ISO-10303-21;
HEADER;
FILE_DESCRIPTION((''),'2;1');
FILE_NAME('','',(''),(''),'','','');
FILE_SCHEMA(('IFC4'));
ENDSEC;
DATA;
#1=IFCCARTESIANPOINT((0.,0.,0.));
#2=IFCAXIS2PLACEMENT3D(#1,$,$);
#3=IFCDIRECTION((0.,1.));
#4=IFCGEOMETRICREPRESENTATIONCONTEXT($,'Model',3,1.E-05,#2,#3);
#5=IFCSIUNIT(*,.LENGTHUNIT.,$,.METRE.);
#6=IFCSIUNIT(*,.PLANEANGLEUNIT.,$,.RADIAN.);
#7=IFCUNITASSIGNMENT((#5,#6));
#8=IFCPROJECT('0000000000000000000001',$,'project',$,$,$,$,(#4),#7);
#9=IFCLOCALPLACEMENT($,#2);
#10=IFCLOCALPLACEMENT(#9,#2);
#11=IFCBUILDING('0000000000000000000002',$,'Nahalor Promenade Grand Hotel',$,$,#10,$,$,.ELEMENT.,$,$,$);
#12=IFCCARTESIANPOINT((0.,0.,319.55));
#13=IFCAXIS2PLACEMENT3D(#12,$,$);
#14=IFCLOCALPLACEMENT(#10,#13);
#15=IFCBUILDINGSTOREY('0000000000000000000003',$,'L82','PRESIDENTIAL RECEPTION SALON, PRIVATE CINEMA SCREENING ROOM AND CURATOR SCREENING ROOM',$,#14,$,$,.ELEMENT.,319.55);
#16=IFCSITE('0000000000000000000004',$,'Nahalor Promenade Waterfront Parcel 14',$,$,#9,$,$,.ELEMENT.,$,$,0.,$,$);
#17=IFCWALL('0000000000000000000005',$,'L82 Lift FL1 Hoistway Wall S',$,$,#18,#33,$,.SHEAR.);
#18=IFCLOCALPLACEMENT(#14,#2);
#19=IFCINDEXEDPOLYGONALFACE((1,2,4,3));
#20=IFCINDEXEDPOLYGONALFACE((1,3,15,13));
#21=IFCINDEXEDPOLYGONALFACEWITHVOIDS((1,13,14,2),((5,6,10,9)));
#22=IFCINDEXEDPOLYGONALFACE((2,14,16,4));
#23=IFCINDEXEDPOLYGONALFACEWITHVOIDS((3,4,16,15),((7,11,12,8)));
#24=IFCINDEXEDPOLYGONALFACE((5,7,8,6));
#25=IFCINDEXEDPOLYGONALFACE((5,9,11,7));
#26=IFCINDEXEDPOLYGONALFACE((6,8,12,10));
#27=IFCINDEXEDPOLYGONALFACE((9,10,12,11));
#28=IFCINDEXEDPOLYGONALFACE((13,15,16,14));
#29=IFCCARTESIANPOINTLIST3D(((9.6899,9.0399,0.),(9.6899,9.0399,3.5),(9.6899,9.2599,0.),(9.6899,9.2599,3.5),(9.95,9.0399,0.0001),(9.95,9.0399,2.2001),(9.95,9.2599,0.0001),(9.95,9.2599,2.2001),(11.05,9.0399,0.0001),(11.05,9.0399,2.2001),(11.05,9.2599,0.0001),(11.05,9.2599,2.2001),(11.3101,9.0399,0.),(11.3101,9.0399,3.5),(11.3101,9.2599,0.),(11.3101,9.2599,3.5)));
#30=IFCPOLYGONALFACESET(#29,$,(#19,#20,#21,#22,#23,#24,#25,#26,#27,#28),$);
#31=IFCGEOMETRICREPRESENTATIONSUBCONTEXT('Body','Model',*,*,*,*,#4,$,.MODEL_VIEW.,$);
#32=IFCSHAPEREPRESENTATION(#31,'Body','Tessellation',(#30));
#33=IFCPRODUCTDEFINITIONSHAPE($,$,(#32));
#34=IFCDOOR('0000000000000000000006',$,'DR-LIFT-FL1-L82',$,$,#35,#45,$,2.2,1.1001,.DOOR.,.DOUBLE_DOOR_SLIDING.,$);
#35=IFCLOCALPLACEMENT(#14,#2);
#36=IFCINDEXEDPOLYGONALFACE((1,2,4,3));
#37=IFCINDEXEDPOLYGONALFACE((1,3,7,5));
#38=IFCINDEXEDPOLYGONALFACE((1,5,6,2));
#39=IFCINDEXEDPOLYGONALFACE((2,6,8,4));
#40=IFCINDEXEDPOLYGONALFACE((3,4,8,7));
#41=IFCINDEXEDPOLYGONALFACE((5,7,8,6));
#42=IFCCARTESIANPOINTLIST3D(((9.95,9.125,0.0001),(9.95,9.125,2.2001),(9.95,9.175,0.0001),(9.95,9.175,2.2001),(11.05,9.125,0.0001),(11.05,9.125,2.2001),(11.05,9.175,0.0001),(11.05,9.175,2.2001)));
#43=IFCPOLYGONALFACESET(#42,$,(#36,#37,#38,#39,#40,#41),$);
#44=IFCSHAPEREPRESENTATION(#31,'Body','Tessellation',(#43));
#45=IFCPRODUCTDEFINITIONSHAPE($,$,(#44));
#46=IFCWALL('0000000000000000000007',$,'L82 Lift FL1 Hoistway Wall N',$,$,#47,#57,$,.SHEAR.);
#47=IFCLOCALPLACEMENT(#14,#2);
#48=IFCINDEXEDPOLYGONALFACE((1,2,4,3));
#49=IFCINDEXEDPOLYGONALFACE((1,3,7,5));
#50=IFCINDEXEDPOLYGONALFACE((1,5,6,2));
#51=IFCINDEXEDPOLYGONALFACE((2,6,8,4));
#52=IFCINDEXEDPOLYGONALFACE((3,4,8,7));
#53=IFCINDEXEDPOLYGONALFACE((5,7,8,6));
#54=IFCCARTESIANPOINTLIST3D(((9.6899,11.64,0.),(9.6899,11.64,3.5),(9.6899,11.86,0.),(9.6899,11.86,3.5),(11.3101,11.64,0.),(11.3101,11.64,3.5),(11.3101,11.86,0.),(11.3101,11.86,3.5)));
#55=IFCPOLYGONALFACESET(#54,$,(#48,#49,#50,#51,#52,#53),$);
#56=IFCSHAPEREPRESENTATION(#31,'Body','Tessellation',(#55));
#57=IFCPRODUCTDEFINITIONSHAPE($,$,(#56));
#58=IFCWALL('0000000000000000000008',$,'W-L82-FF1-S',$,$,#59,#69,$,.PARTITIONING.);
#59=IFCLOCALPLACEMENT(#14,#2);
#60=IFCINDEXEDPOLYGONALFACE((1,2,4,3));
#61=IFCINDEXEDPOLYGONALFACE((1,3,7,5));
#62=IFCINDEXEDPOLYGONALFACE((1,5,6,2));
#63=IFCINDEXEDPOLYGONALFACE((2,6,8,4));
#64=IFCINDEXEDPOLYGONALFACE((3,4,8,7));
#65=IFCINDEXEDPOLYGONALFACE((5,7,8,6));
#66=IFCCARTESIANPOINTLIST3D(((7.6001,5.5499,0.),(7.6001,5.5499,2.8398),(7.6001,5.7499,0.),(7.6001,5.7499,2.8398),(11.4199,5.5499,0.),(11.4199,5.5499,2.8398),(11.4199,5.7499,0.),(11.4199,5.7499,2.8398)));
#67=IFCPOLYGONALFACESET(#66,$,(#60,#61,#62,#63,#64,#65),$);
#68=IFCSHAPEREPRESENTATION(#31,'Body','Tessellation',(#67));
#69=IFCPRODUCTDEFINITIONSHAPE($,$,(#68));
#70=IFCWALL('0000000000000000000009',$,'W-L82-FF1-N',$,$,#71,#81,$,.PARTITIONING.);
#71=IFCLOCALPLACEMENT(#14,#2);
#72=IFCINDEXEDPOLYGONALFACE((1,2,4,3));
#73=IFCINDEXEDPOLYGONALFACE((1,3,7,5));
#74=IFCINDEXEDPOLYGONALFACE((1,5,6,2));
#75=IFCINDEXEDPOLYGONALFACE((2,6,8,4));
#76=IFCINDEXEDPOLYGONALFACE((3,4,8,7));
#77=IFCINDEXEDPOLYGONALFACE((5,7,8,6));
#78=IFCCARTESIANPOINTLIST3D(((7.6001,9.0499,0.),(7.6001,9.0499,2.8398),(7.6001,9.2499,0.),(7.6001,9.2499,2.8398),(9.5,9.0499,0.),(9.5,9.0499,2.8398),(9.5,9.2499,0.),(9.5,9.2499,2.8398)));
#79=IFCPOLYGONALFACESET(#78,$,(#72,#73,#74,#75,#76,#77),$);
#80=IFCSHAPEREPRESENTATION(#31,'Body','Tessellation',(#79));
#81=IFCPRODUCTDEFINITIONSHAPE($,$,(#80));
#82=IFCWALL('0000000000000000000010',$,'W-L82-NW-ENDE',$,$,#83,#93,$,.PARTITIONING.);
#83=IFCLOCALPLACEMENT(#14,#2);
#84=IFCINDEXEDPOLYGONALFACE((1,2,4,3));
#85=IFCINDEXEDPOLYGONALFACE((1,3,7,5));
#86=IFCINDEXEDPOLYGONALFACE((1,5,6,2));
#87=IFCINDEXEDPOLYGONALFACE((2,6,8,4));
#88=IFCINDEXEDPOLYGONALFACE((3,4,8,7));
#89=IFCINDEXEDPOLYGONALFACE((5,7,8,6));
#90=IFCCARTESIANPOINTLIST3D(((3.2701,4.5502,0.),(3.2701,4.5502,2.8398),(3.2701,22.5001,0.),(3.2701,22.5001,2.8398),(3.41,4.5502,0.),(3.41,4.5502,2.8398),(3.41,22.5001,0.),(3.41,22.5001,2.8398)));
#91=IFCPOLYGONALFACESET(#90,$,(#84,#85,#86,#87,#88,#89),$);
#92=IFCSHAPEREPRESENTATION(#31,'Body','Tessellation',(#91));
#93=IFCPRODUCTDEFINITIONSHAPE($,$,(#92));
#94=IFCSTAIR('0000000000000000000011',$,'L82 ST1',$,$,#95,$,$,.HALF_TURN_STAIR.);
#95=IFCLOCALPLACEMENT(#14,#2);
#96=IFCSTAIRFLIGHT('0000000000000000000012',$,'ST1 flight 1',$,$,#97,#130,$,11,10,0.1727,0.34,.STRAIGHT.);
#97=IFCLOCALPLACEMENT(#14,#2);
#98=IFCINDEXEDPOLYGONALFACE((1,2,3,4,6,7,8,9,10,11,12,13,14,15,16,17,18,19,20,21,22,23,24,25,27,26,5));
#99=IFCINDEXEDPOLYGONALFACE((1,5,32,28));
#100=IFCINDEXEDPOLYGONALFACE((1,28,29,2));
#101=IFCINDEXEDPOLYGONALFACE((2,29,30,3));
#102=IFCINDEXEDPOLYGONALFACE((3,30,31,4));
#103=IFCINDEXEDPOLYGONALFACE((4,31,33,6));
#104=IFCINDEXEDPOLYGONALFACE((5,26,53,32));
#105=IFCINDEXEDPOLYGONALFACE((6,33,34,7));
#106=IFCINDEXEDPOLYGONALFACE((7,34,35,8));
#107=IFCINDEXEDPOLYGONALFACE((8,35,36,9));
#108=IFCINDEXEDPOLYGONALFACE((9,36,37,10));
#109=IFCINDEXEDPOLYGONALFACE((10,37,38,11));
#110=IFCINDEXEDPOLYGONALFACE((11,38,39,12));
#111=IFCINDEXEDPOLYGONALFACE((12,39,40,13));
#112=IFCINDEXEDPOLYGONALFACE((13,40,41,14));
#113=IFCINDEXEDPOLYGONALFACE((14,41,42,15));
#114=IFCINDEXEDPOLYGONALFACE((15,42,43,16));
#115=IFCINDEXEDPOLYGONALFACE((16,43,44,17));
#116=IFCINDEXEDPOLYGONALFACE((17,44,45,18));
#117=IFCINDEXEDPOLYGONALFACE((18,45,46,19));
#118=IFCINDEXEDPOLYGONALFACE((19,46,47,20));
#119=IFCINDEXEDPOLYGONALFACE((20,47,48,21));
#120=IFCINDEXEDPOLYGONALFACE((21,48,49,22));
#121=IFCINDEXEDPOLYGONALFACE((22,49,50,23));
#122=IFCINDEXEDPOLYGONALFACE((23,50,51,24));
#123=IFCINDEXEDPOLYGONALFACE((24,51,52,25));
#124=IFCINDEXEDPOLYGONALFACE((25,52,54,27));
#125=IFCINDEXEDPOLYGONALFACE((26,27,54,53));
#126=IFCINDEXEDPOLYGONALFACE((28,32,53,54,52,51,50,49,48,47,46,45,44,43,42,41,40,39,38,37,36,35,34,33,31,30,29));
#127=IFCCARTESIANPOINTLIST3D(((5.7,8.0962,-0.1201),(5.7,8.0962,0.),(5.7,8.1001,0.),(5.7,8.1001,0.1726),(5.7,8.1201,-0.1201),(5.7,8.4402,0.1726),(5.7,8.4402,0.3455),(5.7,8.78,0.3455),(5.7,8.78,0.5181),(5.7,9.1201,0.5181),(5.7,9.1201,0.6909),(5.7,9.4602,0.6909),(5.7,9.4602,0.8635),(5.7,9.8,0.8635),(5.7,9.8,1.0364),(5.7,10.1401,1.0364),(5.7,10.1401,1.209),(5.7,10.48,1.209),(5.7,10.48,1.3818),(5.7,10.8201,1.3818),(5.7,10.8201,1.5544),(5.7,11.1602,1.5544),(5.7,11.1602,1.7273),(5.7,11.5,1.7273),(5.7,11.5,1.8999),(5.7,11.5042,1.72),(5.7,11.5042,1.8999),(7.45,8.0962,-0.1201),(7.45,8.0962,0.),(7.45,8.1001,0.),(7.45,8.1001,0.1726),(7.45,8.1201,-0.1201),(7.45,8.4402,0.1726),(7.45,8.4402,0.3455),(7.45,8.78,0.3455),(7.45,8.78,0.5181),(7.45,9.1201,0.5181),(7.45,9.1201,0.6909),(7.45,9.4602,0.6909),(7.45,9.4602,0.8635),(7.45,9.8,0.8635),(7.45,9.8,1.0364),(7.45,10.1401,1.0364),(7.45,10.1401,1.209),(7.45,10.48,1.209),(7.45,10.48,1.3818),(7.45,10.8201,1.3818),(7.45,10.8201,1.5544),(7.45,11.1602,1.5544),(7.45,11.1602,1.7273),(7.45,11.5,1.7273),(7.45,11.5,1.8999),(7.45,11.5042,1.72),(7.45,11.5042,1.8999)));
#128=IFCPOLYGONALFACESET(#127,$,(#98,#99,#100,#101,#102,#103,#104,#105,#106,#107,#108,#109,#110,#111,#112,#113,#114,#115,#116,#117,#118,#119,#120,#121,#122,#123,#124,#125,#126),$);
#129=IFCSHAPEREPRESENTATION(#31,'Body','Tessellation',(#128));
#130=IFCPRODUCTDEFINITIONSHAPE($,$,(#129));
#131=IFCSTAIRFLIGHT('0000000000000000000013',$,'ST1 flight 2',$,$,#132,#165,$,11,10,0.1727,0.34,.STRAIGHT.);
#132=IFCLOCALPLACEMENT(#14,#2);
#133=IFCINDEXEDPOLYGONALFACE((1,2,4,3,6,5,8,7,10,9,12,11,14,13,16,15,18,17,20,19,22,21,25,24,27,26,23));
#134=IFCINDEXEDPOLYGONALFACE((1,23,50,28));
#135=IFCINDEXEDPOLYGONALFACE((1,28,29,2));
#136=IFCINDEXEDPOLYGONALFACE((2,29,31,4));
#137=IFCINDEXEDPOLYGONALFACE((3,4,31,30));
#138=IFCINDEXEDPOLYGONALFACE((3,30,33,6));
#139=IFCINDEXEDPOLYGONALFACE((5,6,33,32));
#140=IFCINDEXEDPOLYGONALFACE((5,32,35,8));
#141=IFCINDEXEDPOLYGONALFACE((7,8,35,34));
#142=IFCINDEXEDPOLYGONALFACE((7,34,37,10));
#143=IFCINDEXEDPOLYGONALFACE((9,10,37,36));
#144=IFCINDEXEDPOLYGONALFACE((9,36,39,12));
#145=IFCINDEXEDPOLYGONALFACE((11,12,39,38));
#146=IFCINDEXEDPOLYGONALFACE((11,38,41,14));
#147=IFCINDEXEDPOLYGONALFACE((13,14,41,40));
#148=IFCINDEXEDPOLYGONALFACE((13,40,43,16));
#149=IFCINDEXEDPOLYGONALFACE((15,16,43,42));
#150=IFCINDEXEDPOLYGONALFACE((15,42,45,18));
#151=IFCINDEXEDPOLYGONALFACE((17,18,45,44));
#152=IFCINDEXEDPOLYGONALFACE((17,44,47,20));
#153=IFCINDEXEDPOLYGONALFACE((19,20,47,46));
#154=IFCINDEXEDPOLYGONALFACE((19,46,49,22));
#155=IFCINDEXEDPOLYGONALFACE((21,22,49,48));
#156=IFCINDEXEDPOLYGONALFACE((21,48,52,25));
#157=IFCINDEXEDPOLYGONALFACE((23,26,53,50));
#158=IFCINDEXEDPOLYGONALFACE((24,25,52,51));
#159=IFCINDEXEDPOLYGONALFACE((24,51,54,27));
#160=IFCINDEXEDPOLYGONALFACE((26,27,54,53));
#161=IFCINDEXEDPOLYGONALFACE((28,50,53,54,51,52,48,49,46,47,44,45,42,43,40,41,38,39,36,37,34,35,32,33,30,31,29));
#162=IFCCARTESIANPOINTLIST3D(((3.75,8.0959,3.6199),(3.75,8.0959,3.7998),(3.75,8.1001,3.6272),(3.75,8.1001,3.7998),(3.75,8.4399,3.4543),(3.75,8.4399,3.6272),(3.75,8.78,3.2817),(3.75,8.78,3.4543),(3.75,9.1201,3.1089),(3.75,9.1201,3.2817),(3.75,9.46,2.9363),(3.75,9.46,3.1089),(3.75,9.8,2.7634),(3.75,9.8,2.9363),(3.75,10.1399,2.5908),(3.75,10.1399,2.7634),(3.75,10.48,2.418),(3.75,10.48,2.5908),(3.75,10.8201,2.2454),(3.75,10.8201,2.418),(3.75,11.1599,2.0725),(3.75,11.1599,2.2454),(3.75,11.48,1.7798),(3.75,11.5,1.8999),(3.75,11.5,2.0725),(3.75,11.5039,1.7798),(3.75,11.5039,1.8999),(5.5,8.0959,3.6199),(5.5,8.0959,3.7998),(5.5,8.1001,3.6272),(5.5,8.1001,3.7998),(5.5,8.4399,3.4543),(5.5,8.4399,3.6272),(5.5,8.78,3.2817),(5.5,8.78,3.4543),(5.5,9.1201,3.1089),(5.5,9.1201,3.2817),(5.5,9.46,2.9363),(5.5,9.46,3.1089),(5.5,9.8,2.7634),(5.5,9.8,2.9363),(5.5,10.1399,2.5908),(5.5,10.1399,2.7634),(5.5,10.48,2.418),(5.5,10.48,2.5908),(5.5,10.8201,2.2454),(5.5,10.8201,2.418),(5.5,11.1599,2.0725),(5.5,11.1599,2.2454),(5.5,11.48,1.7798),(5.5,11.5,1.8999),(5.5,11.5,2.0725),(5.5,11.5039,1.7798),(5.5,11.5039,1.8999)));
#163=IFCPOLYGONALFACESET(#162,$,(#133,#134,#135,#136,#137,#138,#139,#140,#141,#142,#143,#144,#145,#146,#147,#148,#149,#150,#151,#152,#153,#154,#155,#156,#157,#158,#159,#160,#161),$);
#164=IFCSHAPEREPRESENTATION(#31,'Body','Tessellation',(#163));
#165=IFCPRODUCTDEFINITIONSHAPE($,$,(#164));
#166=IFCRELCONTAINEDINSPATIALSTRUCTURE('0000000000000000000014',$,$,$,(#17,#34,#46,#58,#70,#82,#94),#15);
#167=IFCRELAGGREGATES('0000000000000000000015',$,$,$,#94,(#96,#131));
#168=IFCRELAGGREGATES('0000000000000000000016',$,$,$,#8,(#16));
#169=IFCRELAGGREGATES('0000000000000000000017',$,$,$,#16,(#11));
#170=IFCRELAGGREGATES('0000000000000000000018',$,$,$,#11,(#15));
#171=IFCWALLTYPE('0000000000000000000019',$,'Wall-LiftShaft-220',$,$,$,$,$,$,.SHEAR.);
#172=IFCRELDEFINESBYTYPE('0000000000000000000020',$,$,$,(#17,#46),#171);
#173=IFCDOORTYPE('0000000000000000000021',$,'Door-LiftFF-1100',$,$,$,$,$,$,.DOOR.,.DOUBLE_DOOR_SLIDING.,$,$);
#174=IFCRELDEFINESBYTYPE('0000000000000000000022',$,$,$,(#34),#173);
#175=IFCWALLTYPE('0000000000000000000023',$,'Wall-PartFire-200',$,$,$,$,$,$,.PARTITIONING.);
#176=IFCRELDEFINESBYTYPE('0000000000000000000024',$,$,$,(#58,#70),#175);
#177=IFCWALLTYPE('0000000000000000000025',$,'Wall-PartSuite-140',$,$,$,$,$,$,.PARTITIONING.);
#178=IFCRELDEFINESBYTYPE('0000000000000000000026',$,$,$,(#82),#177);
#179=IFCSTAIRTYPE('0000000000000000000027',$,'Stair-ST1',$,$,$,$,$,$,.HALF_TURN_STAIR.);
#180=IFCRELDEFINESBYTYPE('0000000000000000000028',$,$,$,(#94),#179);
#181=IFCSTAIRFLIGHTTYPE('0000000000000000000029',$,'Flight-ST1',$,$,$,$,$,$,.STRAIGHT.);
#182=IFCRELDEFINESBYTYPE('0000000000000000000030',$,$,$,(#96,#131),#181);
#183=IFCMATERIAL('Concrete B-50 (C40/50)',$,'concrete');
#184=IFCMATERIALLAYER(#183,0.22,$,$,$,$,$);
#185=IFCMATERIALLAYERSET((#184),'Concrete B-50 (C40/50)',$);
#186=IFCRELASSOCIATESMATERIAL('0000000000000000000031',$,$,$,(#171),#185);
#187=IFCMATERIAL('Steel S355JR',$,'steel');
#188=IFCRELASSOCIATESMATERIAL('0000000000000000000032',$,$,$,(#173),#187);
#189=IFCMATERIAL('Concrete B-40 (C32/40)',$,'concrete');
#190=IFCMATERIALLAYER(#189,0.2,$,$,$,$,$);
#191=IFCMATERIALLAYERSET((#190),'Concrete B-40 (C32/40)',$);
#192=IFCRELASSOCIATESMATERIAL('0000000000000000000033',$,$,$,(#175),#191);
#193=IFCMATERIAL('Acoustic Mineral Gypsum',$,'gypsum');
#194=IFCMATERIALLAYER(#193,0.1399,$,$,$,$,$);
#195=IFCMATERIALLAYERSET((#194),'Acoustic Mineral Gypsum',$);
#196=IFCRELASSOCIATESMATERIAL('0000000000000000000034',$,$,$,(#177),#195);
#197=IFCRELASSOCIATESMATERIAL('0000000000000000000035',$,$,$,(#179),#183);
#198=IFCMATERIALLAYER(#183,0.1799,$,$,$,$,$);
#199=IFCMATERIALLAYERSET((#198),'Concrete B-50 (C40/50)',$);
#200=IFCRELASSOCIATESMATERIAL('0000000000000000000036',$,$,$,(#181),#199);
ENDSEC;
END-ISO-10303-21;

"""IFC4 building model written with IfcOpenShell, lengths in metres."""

from ifc_helpers import new_model, si_unit, direction, frame, frame_2d, origin, place, context, subcontext, project, spatial, polyline, rectangle, outline, extrude, source, transform, mapped, material, layer, layer_set, type_object, element, fill, aggregate, save


model = new_model("IFC4")

# Units and contexts
model_context = context("Model", 3, precision=1e-05, world=origin(), true_north=direction((0.0, 1.0)))
body_context = subcontext(model_context, "Body", "Model", "MODEL_VIEW")
ifc_project = project(units=[si_unit("LENGTHUNIT", "METRE"), si_unit("PLANEANGLEUNIT", "RADIAN")], contexts=[model_context])

# Site, building, storey
site_placement = place(None, origin())
site = spatial("IfcSite", under=ifc_project, at=site_placement, Name="Nahalor Promenade Waterfront Parcel 14", CompositionType="ELEMENT", RefElevation=0.0)
building_placement = place(site_placement, origin())
building = spatial("IfcBuilding", under=site, at=building_placement, Name="Nahalor Promenade Grand Hotel", CompositionType="ELEMENT")
storey_placement = place(building_placement, frame((0.0, 0.0, 319.55)))
storey = spatial("IfcBuildingStorey", under=building, at=storey_placement, Name="L82", Description="PRESIDENTIAL RECEPTION SALON, PRIVATE CINEMA SCREENING ROOM AND CURATOR SCREENING ROOM", CompositionType="ELEMENT", Elevation=319.55)

# Shared definitions
ifc_material_1 = material(Name="Steel S355JR", Category="steel")

# Shared definitions
ifc_material_2 = material(Name="Concrete B-50 (C40/50)", Category="concrete")

# Shared definitions
ifc_layer_1 = layer(ifc_material_2, 0.22)
ifc_layer_set_1 = layer_set([ifc_layer_1], Name="Concrete B-50 (C40/50)")
wall_type_1 = type_object("IfcWallType", Name="Wall-LiftShaft-220", PredefinedType="SHEAR", material=ifc_layer_set_1)

# Wall, opening, door
shared_shape_1 = source(origin(), body_context, "Body", "SweptSolid", [
    extrude(rectangle(XDim=1.6201, YDim=0.22, at=frame_2d((0.8101, 0.0))), origin(), (0.0, 0.0, 1.0), 3.5),
])
wall_1_placement = place(storey_placement, frame((9.6899, 9.1499, 0.0), z_axis=(0.0, 0.0, 1.0), x_axis=(1.0, 0.0, 0.0)))
wall_1 = element("IfcWall", 1, at=wall_1_placement, inside=storey, type_object=wall_type_1, Name="L82 Lift FL1 Hoistway Wall S", PredefinedType="SHEAR", context=body_context, shape_type="MappedRepresentation", body=[
    mapped(shared_shape_1, transform((0.0, 0.0, 0.0), scale=1.0)),
])
opening_1_placement = place(wall_1_placement, frame((0.26, 0.0, 0.0)))
opening_1 = element("IfcOpeningElement", 2, at=opening_1_placement, cuts=wall_1, PredefinedType="OPENING", context=body_context, shape_type="SweptSolid", body=[
    extrude(rectangle(XDim=1.1001, YDim=2.2, at=frame_2d((0.55, 1.1001))), frame((0.0, 0.1199, 0.0), z_axis=(0.0, -1.0, 0.0), x_axis=(1.0, 0.0, 0.0)), (0.0, 0.0, 1.0), 0.24),
])
door_type_1 = type_object("IfcDoorType", Name="Door-LiftFF-1100", OperationType="DOUBLE_DOOR_SLIDING", PredefinedType="DOOR", material=ifc_material_1)
shared_shape_2 = source(origin(), body_context, "Body", "SweptSolid", [
    extrude(rectangle(XDim=1.1001, YDim=2.2, at=frame_2d((0.55, 1.1001))), frame((0.0, 0.0249, 0.0), z_axis=(0.0, -1.0, 0.0), x_axis=(1.0, 0.0, 0.0)), (0.0, 0.0, 1.0), 0.05),
])
door_1_placement = place(opening_1_placement, frame((1.1001, 0.0, 0.0), z_axis=(0.0, 0.0, 1.0), x_axis=(-1.0, 0.0, 0.0)))
door_1 = element("IfcDoor", 3, at=door_1_placement, inside=storey, type_object=door_type_1, Name="DR-LIFT-FL1-L82", OperationType="DOUBLE_DOOR_SLIDING", OverallHeight=2.2, OverallWidth=1.1001, PredefinedType="DOOR", context=body_context, shape_type="MappedRepresentation", body=[
    mapped(shared_shape_2, transform((0.0, 0.0, 0.0), scale=1.0)),
])
fill(opening_1, door_1)

# Walls
wall_2_placement = place(storey_placement, frame((9.6899, 11.75, 0.0), z_axis=(0.0, 0.0, 1.0), x_axis=(1.0, 0.0, 0.0)))
element("IfcWall", 4, at=wall_2_placement, inside=storey, type_object=wall_type_1, Name="L82 Lift FL1 Hoistway Wall N", PredefinedType="SHEAR", context=body_context, shape_type="MappedRepresentation", body=[
    mapped(shared_shape_1, transform((0.0, 0.0, 0.0), scale=1.0)),
])
ifc_material_3 = material(Name="Concrete B-40 (C32/40)", Category="concrete")
ifc_layer_2 = layer(ifc_material_3, 0.2)
ifc_layer_set_2 = layer_set([ifc_layer_2], Name="Concrete B-40 (C32/40)")
wall_type_2 = type_object("IfcWallType", Name="Wall-PartFire-200", PredefinedType="PARTITIONING", material=ifc_layer_set_2)
shared_shape_3 = source(origin(), body_context, "Body", "SweptSolid", [
    extrude(rectangle(XDim=3.8198, YDim=0.2, at=frame_2d((1.9099, 0.0))), origin(), (0.0, 0.0, 1.0), 2.8398),
])
wall_3_placement = place(storey_placement, frame((7.6001, 5.6499, 0.0), z_axis=(0.0, 0.0, 1.0), x_axis=(1.0, 0.0, 0.0)))
element("IfcWall", 5, at=wall_3_placement, inside=storey, type_object=wall_type_2, Name="W-L82-FF1-S", PredefinedType="PARTITIONING", context=body_context, shape_type="MappedRepresentation", body=[
    mapped(shared_shape_3, transform((0.0, 0.0, 0.0), scale=1.0)),
])
shared_shape_4 = source(origin(), body_context, "Body", "SweptSolid", [
    extrude(rectangle(XDim=1.8999, YDim=0.2, at=frame_2d((0.95, 0.0))), origin(), (0.0, 0.0, 1.0), 2.8398),
])
wall_4_placement = place(storey_placement, frame((7.6001, 9.1499, 0.0), z_axis=(0.0, 0.0, 1.0), x_axis=(1.0, 0.0, 0.0)))
element("IfcWall", 6, at=wall_4_placement, inside=storey, type_object=wall_type_2, Name="W-L82-FF1-N", PredefinedType="PARTITIONING", context=body_context, shape_type="MappedRepresentation", body=[
    mapped(shared_shape_4, transform((0.0, 0.0, 0.0), scale=1.0)),
])

# Wall
ifc_material_4 = material(Name="Acoustic Mineral Gypsum", Category="gypsum")
ifc_layer_3 = layer(ifc_material_4, 0.1399)
ifc_layer_set_3 = layer_set([ifc_layer_3], Name="Acoustic Mineral Gypsum")
wall_type_3 = type_object("IfcWallType", Name="Wall-PartSuite-140", PredefinedType="PARTITIONING", material=ifc_layer_set_3)
shared_shape_5 = source(origin(), body_context, "Body", "SweptSolid", [
    extrude(rectangle(XDim=17.95, YDim=0.1399, at=frame_2d((8.9751, 0.0))), origin(), (0.0, 0.0, 1.0), 2.8398),
])
wall_5_placement = place(storey_placement, frame((3.3401, 4.55, 0.0), z_axis=(0.0, 0.0, 1.0), x_axis=(0.0, 1.0, 0.0)))
element("IfcWall", 7, at=wall_5_placement, inside=storey, type_object=wall_type_3, Name="W-L82-NW-ENDE", PredefinedType="PARTITIONING", context=body_context, shape_type="MappedRepresentation", body=[
    mapped(shared_shape_5, transform((0.0, 0.0, 0.0), scale=1.0)),
])

# Stair, stair flights
stair_type = type_object("IfcStairType", Name="Stair-ST1", PredefinedType="HALF_TURN_STAIR", material=ifc_material_2)
stair_placement = place(storey_placement, origin())
stair = element("IfcStair", 8, at=stair_placement, inside=storey, type_object=stair_type, Name="L82 ST1", PredefinedType="HALF_TURN_STAIR")
ifc_layer_4 = layer(ifc_material_2, 0.1799)
ifc_layer_set_4 = layer_set([ifc_layer_4], Name="Concrete B-50 (C40/50)")
stair_flight_type = type_object("IfcStairFlightType", Name="Flight-ST1", PredefinedType="STRAIGHT", material=ifc_layer_set_4)
shared_shape_6 = source(origin(), body_context, "Body", "SweptSolid", [
    extrude(outline(polyline([(-0.0039, -0.1201), (-0.0039, 0.0), (0.0, 0.0), (0.0, 0.1726), (0.3401, 0.1726), (0.3401, 0.3455), (0.6799, 0.3455), (0.6799, 0.5181), (1.02, 0.5181), (1.02, 0.6909), (1.3601, 0.6909), (1.3601, 0.8635), (1.7, 0.8635), (1.7, 1.0364), (2.04, 1.0364), (2.04, 1.209), (2.3799, 1.209), (2.3799, 1.3818), (2.72, 1.3818), (2.72, 1.5544), (3.0601, 1.5544), (3.0601, 1.7273), (3.3999, 1.7273), (3.3999, 1.8999), (3.4041, 1.8999), (3.4041, 1.72), (0.02, -0.1201), (-0.0039, -0.1201)])), frame((0.0, 0.875, 0.0), z_axis=(0.0, -1.0, 0.0), x_axis=(1.0, 0.0, 0.0)), (0.0, 0.0, 1.0), 1.75),
])
stair_flight_1_placement = place(storey_placement, frame((6.575, 8.1001, 0.0), z_axis=(0.0, 0.0, 1.0), x_axis=(0.0, 1.0, 0.0)))
stair_flight_1 = element("IfcStairFlight", 9, at=stair_flight_1_placement, type_object=stair_flight_type, Name="ST1 flight 1", NumberOfRisers=11, NumberOfTreads=10, PredefinedType="STRAIGHT", RiserHeight=0.1727, TreadLength=0.34, context=body_context, shape_type="MappedRepresentation", body=[
    mapped(shared_shape_6, transform((0.0, 0.0, 0.0), scale=1.0)),
])
stair_flight_2_placement = place(storey_placement, frame((4.625, 11.5, 1.8999), z_axis=(0.0, 0.0, 1.0), x_axis=(0.0, -1.0, 0.0)))
stair_flight_2 = element("IfcStairFlight", 10, at=stair_flight_2_placement, type_object=stair_flight_type, Name="ST1 flight 2", NumberOfRisers=11, NumberOfTreads=10, PredefinedType="STRAIGHT", RiserHeight=0.1727, TreadLength=0.34, context=body_context, shape_type="MappedRepresentation", body=[
    mapped(shared_shape_6, transform((0.0, 0.0, 0.0), scale=1.0)),
])
aggregate(stair, [stair_flight_1, stair_flight_2])

save(model, "model.ifc")
